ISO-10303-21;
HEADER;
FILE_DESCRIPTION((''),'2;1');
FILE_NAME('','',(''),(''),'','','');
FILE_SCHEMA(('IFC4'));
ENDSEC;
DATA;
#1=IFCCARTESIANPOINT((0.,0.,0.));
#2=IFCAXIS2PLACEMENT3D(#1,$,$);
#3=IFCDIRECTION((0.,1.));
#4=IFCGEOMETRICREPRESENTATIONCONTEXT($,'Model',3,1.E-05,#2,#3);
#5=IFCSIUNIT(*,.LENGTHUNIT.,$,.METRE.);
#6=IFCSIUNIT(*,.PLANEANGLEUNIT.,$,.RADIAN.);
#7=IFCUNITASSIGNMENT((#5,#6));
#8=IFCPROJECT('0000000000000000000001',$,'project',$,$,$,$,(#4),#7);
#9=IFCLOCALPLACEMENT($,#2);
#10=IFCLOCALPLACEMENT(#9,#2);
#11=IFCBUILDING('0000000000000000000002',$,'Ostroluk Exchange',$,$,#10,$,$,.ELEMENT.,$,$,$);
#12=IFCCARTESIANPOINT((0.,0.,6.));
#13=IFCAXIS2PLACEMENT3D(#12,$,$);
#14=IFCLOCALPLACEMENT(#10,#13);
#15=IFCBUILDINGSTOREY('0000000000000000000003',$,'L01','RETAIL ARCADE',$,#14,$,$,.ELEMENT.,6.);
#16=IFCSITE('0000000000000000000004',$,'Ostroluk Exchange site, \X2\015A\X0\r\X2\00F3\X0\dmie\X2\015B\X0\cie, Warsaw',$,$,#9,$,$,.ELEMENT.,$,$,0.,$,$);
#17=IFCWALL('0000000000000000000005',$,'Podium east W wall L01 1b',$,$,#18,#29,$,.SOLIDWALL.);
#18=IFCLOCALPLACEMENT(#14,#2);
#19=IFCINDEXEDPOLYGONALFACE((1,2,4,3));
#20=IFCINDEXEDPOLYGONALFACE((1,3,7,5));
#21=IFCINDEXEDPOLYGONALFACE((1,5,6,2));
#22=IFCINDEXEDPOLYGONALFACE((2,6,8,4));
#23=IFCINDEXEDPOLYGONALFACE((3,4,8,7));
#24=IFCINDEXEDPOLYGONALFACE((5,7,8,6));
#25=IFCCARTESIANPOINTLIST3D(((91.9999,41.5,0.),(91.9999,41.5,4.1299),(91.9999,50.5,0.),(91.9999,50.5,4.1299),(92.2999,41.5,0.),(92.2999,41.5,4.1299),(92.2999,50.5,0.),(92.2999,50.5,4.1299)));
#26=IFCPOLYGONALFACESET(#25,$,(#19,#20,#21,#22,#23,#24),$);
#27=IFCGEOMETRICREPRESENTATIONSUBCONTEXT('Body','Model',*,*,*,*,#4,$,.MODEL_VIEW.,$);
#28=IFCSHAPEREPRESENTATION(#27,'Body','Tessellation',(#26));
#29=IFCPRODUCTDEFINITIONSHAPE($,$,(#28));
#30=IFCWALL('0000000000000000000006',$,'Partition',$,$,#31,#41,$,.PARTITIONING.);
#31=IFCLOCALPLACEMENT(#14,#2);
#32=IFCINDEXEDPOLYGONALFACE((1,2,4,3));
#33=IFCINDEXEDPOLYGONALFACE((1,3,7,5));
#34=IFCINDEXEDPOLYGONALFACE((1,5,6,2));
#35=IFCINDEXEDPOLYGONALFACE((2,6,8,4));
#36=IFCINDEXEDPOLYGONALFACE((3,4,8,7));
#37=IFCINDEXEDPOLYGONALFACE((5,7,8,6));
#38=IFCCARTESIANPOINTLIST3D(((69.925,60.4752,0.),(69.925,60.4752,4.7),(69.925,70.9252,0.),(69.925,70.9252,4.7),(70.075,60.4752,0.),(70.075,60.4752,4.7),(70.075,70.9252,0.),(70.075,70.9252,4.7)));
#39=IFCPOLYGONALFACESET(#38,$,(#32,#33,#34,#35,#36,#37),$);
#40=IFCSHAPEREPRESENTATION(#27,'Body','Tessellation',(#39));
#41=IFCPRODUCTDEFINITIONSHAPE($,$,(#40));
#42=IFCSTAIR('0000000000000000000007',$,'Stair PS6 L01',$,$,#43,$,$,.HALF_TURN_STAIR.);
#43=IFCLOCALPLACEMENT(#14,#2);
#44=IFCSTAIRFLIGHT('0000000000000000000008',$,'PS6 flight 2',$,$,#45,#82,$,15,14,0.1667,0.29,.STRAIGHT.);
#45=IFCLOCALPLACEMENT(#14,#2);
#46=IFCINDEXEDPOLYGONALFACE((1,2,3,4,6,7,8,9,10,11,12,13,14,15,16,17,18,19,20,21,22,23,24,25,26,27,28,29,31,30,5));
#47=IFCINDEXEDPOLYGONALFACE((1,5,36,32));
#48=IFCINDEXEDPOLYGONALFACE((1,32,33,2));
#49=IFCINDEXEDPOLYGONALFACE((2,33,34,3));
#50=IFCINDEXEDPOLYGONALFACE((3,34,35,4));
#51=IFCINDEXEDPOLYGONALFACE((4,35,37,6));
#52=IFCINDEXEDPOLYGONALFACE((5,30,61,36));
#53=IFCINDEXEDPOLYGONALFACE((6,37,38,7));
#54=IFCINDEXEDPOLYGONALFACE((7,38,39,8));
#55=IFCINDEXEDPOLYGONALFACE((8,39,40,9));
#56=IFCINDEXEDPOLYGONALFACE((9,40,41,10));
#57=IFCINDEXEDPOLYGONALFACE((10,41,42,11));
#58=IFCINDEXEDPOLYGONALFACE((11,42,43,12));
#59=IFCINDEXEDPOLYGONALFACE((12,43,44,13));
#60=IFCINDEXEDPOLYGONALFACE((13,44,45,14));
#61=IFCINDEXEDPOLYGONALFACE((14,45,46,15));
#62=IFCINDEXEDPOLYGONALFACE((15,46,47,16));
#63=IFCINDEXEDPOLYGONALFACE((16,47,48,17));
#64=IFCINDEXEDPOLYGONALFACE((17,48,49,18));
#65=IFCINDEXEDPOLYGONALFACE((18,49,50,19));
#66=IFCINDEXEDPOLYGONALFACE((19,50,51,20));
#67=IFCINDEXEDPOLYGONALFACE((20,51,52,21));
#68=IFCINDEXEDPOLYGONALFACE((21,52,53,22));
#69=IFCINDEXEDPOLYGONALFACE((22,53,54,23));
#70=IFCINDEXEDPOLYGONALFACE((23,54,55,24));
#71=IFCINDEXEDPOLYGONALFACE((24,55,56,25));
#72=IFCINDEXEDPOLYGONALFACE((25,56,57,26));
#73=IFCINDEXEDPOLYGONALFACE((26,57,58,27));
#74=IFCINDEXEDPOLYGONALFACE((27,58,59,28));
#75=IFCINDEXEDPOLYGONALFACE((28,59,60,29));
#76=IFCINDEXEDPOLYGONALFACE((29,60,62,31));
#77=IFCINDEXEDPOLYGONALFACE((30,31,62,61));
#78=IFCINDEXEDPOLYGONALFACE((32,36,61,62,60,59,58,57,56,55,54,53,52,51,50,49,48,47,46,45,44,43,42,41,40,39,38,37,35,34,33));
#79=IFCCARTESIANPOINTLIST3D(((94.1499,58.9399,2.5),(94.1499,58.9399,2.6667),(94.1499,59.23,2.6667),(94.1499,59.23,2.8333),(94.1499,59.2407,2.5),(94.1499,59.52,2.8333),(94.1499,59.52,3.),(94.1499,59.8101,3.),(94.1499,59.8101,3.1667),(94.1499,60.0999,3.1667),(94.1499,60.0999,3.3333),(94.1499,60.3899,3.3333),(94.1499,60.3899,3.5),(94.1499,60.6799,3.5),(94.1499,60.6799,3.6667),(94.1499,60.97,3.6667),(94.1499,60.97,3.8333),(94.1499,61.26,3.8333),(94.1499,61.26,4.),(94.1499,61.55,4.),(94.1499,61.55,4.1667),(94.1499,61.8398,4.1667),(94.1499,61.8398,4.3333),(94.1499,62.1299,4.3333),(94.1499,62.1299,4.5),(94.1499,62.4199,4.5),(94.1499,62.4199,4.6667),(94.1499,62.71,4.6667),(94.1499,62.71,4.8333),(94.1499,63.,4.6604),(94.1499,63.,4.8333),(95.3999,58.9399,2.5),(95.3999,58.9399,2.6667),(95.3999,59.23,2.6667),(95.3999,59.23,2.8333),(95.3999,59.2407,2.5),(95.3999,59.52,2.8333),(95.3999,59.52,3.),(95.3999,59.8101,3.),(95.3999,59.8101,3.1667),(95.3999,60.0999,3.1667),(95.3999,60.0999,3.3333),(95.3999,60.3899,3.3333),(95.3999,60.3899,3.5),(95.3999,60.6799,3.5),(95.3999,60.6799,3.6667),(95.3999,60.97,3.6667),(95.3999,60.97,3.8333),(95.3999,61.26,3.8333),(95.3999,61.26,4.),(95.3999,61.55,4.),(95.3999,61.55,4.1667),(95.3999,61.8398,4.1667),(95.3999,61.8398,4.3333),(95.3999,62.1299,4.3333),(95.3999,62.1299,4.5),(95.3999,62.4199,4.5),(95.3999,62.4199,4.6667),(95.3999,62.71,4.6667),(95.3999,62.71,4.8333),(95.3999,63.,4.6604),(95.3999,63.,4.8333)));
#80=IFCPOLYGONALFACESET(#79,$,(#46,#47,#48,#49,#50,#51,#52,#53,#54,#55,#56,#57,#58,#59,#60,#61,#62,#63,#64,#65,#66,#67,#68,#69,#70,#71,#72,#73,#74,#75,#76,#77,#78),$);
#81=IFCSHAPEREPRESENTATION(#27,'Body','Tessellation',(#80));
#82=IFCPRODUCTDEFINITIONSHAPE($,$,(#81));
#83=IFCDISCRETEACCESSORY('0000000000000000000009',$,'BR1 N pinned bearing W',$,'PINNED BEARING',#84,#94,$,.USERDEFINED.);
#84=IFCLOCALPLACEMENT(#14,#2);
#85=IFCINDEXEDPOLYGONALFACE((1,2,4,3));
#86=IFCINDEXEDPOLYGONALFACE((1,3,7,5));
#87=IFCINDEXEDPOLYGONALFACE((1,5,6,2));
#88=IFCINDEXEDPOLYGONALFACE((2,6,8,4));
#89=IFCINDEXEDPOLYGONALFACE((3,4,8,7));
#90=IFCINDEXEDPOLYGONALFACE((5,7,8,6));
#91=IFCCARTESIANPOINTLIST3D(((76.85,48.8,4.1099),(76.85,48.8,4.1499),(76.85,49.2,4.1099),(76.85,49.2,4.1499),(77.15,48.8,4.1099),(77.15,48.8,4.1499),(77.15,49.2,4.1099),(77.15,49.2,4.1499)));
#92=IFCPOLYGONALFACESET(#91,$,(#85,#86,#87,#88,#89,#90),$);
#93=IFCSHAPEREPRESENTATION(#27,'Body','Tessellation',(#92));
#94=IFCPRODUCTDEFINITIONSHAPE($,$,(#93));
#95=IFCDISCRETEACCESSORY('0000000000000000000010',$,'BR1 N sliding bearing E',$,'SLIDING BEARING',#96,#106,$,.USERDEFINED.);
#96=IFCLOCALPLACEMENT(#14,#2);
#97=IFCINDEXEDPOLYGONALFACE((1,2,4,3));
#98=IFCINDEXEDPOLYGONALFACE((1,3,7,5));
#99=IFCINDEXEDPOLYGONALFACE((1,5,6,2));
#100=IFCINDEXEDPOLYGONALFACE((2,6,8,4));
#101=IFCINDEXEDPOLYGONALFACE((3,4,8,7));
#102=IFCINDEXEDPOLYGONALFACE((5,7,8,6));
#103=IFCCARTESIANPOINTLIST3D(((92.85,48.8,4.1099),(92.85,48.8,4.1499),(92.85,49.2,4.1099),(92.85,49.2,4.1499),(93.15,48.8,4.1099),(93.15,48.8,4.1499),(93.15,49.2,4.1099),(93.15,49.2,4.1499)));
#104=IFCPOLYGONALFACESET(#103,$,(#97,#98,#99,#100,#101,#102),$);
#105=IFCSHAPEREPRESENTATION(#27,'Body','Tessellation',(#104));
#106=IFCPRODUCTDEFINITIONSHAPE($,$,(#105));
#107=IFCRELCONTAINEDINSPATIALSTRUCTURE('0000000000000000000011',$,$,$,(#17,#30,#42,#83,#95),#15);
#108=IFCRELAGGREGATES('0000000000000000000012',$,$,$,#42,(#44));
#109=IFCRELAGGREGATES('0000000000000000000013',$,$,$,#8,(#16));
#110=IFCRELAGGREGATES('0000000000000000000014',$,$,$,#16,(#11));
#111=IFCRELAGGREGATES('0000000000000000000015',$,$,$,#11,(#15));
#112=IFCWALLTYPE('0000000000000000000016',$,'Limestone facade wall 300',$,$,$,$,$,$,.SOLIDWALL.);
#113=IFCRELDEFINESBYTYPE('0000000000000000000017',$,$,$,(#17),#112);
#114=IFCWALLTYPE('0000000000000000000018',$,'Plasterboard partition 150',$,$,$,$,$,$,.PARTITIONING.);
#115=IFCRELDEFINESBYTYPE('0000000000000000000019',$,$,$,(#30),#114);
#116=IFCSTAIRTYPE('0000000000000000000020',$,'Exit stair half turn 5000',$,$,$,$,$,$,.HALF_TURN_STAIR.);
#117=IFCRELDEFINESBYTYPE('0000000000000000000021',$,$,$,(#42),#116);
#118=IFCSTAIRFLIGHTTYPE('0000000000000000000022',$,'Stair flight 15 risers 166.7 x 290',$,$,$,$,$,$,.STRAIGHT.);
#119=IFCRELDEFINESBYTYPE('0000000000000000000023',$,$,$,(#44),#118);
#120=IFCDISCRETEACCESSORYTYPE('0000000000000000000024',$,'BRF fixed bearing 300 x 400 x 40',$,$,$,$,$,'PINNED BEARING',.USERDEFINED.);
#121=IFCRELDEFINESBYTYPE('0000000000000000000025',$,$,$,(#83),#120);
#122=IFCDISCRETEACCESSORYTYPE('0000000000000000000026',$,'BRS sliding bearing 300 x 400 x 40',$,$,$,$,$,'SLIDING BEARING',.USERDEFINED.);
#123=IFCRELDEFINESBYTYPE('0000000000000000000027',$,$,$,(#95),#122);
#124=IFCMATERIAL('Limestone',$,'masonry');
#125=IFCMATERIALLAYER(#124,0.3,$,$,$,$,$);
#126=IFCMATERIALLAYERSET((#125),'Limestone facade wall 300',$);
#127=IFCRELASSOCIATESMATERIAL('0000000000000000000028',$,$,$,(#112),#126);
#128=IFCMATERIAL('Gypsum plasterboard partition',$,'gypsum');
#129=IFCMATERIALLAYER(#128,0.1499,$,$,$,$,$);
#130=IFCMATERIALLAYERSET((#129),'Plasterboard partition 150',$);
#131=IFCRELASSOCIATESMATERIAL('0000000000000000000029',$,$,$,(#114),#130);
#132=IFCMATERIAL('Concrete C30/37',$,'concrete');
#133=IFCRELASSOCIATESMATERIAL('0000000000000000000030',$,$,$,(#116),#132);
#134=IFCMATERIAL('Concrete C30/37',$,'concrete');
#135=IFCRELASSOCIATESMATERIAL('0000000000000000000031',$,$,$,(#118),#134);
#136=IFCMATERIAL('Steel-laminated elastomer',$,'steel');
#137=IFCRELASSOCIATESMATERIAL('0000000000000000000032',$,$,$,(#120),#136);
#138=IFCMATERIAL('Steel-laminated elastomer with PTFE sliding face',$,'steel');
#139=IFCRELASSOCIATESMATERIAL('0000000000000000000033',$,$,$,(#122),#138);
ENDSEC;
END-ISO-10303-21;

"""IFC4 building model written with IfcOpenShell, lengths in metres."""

from ifc_helpers import new_model, si_unit, direction, frame, frame_2d, origin, origin_2d, place, context, subcontext, project, spatial, polyline, rectangle, outline, extrude, material, layer, layer_set, type_object, element, aggregate, save


model = new_model("IFC4")

# Units and contexts
model_context = context("Model", 3, precision=1e-05, world=origin(), true_north=direction((0.0, 1.0)))
body_context = subcontext(model_context, "Body", "Model", "MODEL_VIEW")
ifc_project = project(units=[si_unit("LENGTHUNIT", "METRE"), si_unit("PLANEANGLEUNIT", "RADIAN")], contexts=[model_context])

# Site, building, storey
site_placement = place(None, origin())
site = spatial("IfcSite", under=ifc_project, at=site_placement, Name="Ostroluk Exchange site, Śródmieście, Warsaw", CompositionType="ELEMENT", RefElevation=0.0)
building_placement = place(site_placement, origin())
building = spatial("IfcBuilding", under=site, at=building_placement, Name="Ostroluk Exchange", CompositionType="ELEMENT")
storey_placement = place(building_placement, frame((0.0, 0.0, 6.0)))
storey = spatial("IfcBuildingStorey", under=building, at=storey_placement, Name="L01", Description="RETAIL ARCADE", CompositionType="ELEMENT", Elevation=6.0)

# Shared definitions
ifc_material_1 = material(Name="Limestone", Category="masonry")
ifc_layer_1 = layer(ifc_material_1, 0.3)
ifc_layer_set_1 = layer_set([ifc_layer_1], Name="Limestone facade wall 300")
wall_type_1 = type_object("IfcWallType", Name="Limestone facade wall 300", PredefinedType="SOLIDWALL", material=ifc_layer_set_1)

# Walls
wall_1_placement = place(storey_placement, frame((92.1499, 50.5, 0.0), z_axis=(0.0, 0.0, 1.0), x_axis=(0.0, -1.0, 0.0)))
element("IfcWall", 1, at=wall_1_placement, inside=storey, type_object=wall_type_1, Name="Podium east W wall L01 1b", PredefinedType="SOLIDWALL", context=body_context, shape_type="SweptSolid", body=[
    extrude(rectangle(XDim=9.0, YDim=0.3, at=frame_2d((4.5, 0.0))), origin(), (0.0, 0.0, 1.0), 4.1299),
])
ifc_material_2 = material(Name="Gypsum plasterboard partition", Category="gypsum")
ifc_layer_2 = layer(ifc_material_2, 0.1499)
ifc_layer_set_2 = layer_set([ifc_layer_2], Name="Plasterboard partition 150")
wall_type_2 = type_object("IfcWallType", Name="Plasterboard partition 150", PredefinedType="PARTITIONING", material=ifc_layer_set_2)
wall_2_placement = place(storey_placement, frame((70.0, 60.4751, 0.0), z_axis=(0.0, 0.0, 1.0), x_axis=(0.0, 1.0, 0.0)))
element("IfcWall", 2, at=wall_2_placement, inside=storey, type_object=wall_type_2, Name="Partition", PredefinedType="PARTITIONING", context=body_context, shape_type="SweptSolid", body=[
    extrude(rectangle(XDim=10.45, YDim=0.1499, at=frame_2d((5.2251, 0.0))), origin(), (0.0, 0.0, 1.0), 4.7),
])

# Stair, stair flight
ifc_material_3 = material(Name="Concrete C30/37", Category="concrete")
stair_type = type_object("IfcStairType", Name="Exit stair half turn 5000", PredefinedType="HALF_TURN_STAIR", material=ifc_material_3)
stair_placement = place(storey_placement, origin())
stair = element("IfcStair", 3, at=stair_placement, inside=storey, type_object=stair_type, Name="Stair PS6 L01", PredefinedType="HALF_TURN_STAIR")
ifc_material_4 = material(Name="Concrete C30/37", Category="concrete")
stair_flight_type = type_object("IfcStairFlightType", Name="Stair flight 15 risers 166.7 x 290", PredefinedType="STRAIGHT", material=ifc_material_4)
stair_flight_placement = place(storey_placement, frame((94.7749, 58.9399, 2.5), z_axis=(0.0, 0.0, 1.0), x_axis=(0.0, 1.0, 0.0)))
stair_flight = element("IfcStairFlight", 4, at=stair_flight_placement, type_object=stair_flight_type, Name="PS6 flight 2", NumberOfRisers=15, NumberOfTreads=14, PredefinedType="STRAIGHT", RiserHeight=0.1667, TreadLength=0.29, context=body_context, shape_type="SweptSolid", body=[
    extrude(outline(polyline([(0.0, 0.0), (0.0, 0.1667), (0.29, 0.1667), (0.29, 0.3333), (0.5801, 0.3333), (0.5801, 0.5), (0.8701, 0.5), (0.8701, 0.6667), (1.1599, 0.6667), (1.1599, 0.8333), (1.45, 0.8333), (1.45, 1.0), (1.74, 1.0), (1.74, 1.1667), (2.03, 1.1667), (2.03, 1.3333), (2.3201, 1.3333), (2.3201, 1.5), (2.6101, 1.5), (2.6101, 1.6667), (2.8999, 1.6667), (2.8999, 1.8333), (3.1899, 1.8333), (3.1899, 2.0), (3.48, 2.0), (3.48, 2.1667), (3.77, 2.1667), (3.77, 2.3333), (4.0601, 2.3333), (4.0601, 2.5), (4.0601, 2.1604), (0.3008, 0.0), (0.0, 0.0)])), frame((0.0, 0.625, 0.0), z_axis=(0.0, -1.0, 0.0), x_axis=(1.0, 0.0, 0.0)), (0.0, 0.0, 1.0), 1.25),
])
aggregate(stair, [stair_flight])

# Discrete accessories
ifc_material_5 = material(Name="Steel-laminated elastomer", Category="steel")
discrete_accessory_type_1 = type_object("IfcDiscreteAccessoryType", Name="BRF fixed bearing 300 x 400 x 40", ElementType="PINNED BEARING", PredefinedType="USERDEFINED", material=ifc_material_5)
discrete_accessory_1_placement = place(storey_placement, frame((77.0, 49.0, 4.1099), z_axis=(0.0, 0.0, 1.0), x_axis=(1.0, 0.0, 0.0)))
element("IfcDiscreteAccessory", 5, at=discrete_accessory_1_placement, inside=storey, type_object=discrete_accessory_type_1, Name="BR1 N pinned bearing W", ObjectType="PINNED BEARING", PredefinedType="USERDEFINED", context=body_context, shape_type="SweptSolid", body=[
    extrude(rectangle(XDim=0.3, YDim=0.3999, at=origin_2d()), origin(), (0.0, 0.0, 1.0), 0.04),
])
ifc_material_6 = material(Name="Steel-laminated elastomer with PTFE sliding face", Category="steel")
discrete_accessory_type_2 = type_object("IfcDiscreteAccessoryType", Name="BRS sliding bearing 300 x 400 x 40", ElementType="SLIDING BEARING", PredefinedType="USERDEFINED", material=ifc_material_6)
discrete_accessory_2_placement = place(storey_placement, frame((93.0, 49.0, 4.1099), z_axis=(0.0, 0.0, 1.0), x_axis=(1.0, 0.0, 0.0)))
element("IfcDiscreteAccessory", 6, at=discrete_accessory_2_placement, inside=storey, type_object=discrete_accessory_type_2, Name="BR1 N sliding bearing E", ObjectType="SLIDING BEARING", PredefinedType="USERDEFINED", context=body_context, shape_type="SweptSolid", body=[
    extrude(rectangle(XDim=0.3, YDim=0.3999, at=origin_2d()), origin(), (0.0, 0.0, 1.0), 0.04),
])

save(model, "model.ifc")
